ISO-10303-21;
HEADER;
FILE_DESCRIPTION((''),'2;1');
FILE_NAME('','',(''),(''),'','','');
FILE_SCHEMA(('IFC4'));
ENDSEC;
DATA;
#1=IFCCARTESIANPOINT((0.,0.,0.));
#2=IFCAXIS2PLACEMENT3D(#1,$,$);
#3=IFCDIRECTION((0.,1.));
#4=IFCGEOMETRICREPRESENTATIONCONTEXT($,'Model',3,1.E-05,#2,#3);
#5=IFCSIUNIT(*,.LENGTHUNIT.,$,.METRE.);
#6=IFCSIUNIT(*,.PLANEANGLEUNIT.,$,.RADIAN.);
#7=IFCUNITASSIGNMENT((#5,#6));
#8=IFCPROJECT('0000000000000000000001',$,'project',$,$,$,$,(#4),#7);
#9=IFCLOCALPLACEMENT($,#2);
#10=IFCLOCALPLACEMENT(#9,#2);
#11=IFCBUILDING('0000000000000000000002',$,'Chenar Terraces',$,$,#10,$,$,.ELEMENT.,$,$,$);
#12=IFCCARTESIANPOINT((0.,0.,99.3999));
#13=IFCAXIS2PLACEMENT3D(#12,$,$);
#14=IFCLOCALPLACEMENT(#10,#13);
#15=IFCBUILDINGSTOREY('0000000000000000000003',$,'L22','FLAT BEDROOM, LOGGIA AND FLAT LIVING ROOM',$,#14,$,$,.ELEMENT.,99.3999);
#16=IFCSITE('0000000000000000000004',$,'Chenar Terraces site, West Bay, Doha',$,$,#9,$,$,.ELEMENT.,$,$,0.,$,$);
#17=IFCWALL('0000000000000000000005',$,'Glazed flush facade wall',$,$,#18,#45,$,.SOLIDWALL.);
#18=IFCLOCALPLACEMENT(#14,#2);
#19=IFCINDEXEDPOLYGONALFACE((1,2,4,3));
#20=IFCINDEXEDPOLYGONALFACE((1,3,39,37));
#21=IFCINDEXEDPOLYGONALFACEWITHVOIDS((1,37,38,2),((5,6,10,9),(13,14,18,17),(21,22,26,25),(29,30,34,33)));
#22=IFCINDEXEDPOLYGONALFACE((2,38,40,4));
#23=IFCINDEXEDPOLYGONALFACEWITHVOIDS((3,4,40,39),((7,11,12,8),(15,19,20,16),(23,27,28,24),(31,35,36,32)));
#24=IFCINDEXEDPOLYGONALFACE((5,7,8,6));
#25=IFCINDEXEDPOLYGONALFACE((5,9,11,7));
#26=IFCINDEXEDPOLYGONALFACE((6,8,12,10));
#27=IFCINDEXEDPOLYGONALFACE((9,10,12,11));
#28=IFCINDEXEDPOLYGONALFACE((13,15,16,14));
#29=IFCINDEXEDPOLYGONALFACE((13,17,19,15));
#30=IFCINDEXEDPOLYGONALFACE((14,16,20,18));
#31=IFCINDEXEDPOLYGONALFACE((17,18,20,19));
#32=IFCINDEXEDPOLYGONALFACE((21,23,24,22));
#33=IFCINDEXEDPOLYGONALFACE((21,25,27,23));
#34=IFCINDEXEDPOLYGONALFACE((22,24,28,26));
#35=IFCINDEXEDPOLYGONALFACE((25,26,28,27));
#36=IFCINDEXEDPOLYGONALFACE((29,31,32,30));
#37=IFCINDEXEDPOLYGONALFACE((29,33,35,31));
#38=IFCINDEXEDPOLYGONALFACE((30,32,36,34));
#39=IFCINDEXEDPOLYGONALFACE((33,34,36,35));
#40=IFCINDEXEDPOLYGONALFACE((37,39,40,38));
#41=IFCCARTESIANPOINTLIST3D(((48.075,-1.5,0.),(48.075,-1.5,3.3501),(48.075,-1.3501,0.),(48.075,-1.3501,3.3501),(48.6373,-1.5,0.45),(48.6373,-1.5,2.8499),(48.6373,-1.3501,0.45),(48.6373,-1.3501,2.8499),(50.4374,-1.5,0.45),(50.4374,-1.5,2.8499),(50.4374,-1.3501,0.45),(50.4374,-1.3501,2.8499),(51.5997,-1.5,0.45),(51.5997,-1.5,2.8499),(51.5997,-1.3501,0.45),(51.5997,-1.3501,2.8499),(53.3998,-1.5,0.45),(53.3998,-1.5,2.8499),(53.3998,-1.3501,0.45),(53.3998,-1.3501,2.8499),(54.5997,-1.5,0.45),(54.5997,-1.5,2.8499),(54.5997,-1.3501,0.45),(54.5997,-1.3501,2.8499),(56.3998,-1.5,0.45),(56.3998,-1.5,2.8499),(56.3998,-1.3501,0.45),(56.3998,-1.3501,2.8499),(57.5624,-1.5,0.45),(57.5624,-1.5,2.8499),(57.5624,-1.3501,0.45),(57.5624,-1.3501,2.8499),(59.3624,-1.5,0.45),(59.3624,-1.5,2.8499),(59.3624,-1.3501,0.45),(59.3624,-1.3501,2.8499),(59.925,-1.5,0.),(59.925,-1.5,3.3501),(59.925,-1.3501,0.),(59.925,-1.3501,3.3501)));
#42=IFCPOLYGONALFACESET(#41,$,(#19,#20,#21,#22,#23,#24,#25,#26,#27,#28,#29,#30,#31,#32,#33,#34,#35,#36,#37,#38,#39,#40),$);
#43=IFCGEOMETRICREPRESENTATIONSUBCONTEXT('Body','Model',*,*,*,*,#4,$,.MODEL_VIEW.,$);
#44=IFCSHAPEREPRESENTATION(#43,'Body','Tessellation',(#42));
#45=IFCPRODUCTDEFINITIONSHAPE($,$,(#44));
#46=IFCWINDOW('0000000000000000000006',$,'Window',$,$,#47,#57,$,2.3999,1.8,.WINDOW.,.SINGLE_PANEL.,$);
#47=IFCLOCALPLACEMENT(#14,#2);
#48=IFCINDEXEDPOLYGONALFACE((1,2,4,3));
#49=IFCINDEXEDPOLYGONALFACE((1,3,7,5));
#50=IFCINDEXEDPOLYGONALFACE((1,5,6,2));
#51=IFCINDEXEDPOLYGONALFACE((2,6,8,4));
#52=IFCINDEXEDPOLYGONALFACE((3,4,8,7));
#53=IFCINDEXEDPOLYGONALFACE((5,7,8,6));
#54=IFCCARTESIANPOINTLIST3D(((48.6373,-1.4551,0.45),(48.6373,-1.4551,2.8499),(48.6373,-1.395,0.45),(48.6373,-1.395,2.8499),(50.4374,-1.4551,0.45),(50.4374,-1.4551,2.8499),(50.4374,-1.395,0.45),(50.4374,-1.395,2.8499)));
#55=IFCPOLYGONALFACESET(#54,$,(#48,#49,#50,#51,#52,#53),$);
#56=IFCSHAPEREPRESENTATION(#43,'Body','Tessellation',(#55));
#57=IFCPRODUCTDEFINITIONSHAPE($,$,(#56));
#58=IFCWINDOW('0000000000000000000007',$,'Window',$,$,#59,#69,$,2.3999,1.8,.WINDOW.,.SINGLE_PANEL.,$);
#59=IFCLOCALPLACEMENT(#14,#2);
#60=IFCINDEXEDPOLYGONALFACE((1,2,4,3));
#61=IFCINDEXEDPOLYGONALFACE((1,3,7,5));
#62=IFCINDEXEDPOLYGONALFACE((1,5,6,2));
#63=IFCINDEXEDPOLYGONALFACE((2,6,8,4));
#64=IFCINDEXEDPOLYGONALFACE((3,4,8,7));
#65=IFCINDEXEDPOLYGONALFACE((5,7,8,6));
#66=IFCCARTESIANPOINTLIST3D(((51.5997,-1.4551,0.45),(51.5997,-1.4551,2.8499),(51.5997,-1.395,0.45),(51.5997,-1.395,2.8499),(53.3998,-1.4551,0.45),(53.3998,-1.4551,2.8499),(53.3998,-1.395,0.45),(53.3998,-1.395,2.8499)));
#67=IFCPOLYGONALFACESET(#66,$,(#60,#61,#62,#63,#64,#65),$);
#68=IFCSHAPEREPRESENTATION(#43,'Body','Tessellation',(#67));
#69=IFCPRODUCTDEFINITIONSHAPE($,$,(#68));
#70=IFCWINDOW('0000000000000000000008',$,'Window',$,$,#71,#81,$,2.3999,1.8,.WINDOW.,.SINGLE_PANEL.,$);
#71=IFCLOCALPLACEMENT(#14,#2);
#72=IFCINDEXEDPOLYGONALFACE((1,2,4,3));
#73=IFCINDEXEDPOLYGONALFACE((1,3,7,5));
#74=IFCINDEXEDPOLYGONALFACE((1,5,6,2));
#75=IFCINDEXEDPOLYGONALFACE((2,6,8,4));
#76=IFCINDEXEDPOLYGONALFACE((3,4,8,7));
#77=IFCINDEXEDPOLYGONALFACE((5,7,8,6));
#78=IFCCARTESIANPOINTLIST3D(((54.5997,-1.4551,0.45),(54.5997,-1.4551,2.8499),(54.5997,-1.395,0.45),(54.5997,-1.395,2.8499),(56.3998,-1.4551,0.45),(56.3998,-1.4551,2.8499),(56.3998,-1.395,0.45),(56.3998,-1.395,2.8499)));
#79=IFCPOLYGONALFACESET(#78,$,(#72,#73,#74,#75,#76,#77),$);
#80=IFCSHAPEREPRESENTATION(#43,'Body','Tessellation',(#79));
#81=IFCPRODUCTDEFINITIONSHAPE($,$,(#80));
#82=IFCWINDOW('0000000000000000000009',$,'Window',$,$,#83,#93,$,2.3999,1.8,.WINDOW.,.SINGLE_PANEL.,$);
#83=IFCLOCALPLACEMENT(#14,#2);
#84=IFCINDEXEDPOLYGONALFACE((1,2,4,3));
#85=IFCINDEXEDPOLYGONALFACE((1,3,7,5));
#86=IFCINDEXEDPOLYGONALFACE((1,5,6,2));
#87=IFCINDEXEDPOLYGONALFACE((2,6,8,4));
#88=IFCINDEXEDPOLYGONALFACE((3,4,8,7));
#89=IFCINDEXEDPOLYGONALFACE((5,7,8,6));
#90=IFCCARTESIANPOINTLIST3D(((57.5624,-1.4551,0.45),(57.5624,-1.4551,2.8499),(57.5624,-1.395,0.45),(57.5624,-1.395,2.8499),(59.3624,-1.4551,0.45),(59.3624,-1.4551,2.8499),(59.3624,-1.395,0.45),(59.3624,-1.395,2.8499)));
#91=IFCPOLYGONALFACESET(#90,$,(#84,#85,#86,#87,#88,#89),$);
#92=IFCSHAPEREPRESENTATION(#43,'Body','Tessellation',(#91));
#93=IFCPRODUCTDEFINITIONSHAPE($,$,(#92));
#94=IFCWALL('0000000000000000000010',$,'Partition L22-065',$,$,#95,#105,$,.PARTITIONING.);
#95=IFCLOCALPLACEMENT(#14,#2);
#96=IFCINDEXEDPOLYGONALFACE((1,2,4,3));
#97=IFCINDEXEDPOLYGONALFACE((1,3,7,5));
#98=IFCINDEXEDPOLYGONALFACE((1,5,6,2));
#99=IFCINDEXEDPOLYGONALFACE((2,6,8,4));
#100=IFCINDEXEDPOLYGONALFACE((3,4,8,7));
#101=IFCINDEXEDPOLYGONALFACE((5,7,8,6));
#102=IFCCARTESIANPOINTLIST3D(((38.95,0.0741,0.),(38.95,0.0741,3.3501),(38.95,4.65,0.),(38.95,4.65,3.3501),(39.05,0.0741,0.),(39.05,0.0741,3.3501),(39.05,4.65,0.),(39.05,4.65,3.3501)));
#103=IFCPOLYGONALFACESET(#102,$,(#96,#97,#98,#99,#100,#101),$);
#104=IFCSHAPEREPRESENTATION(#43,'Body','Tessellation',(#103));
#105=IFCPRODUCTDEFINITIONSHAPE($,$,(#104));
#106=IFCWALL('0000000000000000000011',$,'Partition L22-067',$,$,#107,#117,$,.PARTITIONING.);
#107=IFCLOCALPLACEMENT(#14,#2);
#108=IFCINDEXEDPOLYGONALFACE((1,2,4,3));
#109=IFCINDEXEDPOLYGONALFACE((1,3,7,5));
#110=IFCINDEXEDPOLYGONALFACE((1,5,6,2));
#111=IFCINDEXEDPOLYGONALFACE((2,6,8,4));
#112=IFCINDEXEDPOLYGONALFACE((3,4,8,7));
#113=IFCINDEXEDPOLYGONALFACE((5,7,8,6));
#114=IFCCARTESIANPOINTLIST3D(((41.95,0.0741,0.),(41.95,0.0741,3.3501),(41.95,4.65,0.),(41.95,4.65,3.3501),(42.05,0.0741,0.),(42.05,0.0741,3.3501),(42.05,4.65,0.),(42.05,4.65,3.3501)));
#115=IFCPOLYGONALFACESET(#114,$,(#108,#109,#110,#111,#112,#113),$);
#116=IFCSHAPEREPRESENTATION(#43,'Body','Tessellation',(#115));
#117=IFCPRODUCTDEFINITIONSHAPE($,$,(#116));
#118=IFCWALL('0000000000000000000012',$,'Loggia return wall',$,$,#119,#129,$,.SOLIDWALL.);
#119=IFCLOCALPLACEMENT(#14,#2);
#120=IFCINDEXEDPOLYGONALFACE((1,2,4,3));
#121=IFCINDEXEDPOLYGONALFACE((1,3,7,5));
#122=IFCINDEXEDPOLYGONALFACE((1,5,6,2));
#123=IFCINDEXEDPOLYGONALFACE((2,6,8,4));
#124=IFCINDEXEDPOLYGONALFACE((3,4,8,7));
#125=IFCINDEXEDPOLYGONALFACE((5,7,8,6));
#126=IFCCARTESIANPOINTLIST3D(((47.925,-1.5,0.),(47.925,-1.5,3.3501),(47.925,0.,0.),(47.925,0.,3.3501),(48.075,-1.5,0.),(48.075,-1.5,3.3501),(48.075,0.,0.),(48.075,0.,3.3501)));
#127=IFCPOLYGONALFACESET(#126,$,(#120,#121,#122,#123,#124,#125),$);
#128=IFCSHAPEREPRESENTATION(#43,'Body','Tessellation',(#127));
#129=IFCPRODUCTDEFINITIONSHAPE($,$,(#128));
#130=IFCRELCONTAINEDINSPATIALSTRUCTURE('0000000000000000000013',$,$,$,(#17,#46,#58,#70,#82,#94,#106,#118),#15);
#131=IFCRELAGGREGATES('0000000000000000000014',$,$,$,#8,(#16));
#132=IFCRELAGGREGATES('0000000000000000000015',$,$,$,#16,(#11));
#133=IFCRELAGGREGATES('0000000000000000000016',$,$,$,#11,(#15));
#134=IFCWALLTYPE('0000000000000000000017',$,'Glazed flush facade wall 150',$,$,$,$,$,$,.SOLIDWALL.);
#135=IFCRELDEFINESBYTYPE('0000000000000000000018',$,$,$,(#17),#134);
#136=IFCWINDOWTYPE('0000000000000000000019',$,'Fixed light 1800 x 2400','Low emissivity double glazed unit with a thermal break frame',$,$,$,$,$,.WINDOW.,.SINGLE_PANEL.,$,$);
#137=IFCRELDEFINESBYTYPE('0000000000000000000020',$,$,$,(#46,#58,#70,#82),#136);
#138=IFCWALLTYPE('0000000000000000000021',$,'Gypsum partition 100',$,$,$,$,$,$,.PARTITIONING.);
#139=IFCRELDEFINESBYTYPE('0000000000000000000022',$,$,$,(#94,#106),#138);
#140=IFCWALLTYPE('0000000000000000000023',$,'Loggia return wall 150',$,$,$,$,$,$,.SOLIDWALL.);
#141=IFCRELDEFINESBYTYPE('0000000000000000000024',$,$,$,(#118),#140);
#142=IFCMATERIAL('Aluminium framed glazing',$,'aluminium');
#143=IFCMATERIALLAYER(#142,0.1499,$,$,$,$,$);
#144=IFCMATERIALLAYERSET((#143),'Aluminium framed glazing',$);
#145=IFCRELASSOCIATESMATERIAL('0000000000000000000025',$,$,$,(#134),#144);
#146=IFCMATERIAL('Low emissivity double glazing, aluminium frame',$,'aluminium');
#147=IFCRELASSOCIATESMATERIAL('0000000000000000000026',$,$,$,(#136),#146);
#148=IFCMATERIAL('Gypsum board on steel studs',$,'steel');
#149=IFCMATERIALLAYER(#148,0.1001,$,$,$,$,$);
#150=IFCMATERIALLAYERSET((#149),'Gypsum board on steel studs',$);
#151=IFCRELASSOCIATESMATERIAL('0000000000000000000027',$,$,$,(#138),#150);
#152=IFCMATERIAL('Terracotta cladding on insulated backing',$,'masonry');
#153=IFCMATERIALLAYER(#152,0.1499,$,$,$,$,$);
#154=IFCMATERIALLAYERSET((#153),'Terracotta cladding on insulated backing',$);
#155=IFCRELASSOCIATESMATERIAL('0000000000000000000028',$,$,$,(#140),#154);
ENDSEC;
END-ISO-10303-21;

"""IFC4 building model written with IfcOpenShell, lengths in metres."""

from ifc_helpers import new_model, si_unit, direction, frame, frame_2d, origin, place, context, subcontext, project, spatial, rectangle, extrude, material, layer, layer_set, type_object, element, fill, save


model = new_model("IFC4")

# Units and contexts
model_context = context("Model", 3, precision=1e-05, world=origin(), true_north=direction((0.0, 1.0)))
body_context = subcontext(model_context, "Body", "Model", "MODEL_VIEW")
ifc_project = project(units=[si_unit("LENGTHUNIT", "METRE"), si_unit("PLANEANGLEUNIT", "RADIAN")], contexts=[model_context])

# Site, building, storey
site_placement = place(None, origin())
site = spatial("IfcSite", under=ifc_project, at=site_placement, Name="Chenar Terraces site, West Bay, Doha", CompositionType="ELEMENT", RefElevation=0.0)
building_placement = place(site_placement, origin())
building = spatial("IfcBuilding", under=site, at=building_placement, Name="Chenar Terraces", CompositionType="ELEMENT")
storey_placement = place(building_placement, frame((0.0, 0.0, 99.3999)))
storey = spatial("IfcBuildingStorey", under=building, at=storey_placement, Name="L22", Description="FLAT BEDROOM, LOGGIA AND FLAT LIVING ROOM", CompositionType="ELEMENT", Elevation=99.3999)

# Wall, openings, windows
ifc_material_1 = material(Name="Aluminium framed glazing", Category="aluminium")
ifc_layer_1 = layer(ifc_material_1, 0.1499)
ifc_layer_set_1 = layer_set([ifc_layer_1], Name="Aluminium framed glazing")
wall_type_1 = type_object("IfcWallType", Name="Glazed flush facade wall 150", PredefinedType="SOLIDWALL", material=ifc_layer_set_1)
wall_1_placement = place(storey_placement, frame((48.075, -1.425, 0.0), z_axis=(0.0, 0.0, 1.0), x_axis=(1.0, 0.0, 0.0)))
wall_1 = element("IfcWall", 1, at=wall_1_placement, inside=storey, type_object=wall_type_1, Name="Glazed flush facade wall", PredefinedType="SOLIDWALL", context=body_context, shape_type="SweptSolid", body=[
    extrude(rectangle(XDim=11.8501, YDim=0.1499, at=frame_2d((5.925, 0.0))), origin(), (0.0, 0.0, 1.0), 3.3501),
])
opening_1_placement = place(wall_1_placement, frame((0.5625, 0.0, 0.45)))
opening_1 = element("IfcOpeningElement", 2, at=opening_1_placement, cuts=wall_1, PredefinedType="OPENING", context=body_context, shape_type="SweptSolid", body=[
    extrude(rectangle(XDim=1.8, YDim=2.3999, at=frame_2d((0.8999, 1.2))), frame((0.0, 0.085, 0.0), z_axis=(0.0, -1.0, 0.0), x_axis=(1.0, 0.0, 0.0)), (0.0, 0.0, 1.0), 0.1699),
])
opening_2_placement = place(wall_1_placement, frame((3.5249, 0.0, 0.45)))
opening_2 = element("IfcOpeningElement", 3, at=opening_2_placement, cuts=wall_1, PredefinedType="OPENING", context=body_context, shape_type="SweptSolid", body=[
    extrude(rectangle(XDim=1.8, YDim=2.3999, at=frame_2d((0.8999, 1.2))), frame((0.0, 0.085, 0.0), z_axis=(0.0, -1.0, 0.0), x_axis=(1.0, 0.0, 0.0)), (0.0, 0.0, 1.0), 0.1699),
])
opening_3_placement = place(wall_1_placement, frame((6.5249, 0.0, 0.45)))
opening_3 = element("IfcOpeningElement", 4, at=opening_3_placement, cuts=wall_1, PredefinedType="OPENING", context=body_context, shape_type="SweptSolid", body=[
    extrude(rectangle(XDim=1.8, YDim=2.3999, at=frame_2d((0.8999, 1.2))), frame((0.0, 0.085, 0.0), z_axis=(0.0, -1.0, 0.0), x_axis=(1.0, 0.0, 0.0)), (0.0, 0.0, 1.0), 0.1699),
])
opening_4_placement = place(wall_1_placement, frame((9.4875, 0.0, 0.45)))
opening_4 = element("IfcOpeningElement", 5, at=opening_4_placement, cuts=wall_1, PredefinedType="OPENING", context=body_context, shape_type="SweptSolid", body=[
    extrude(rectangle(XDim=1.8, YDim=2.3999, at=frame_2d((0.8999, 1.2))), frame((0.0, 0.085, 0.0), z_axis=(0.0, -1.0, 0.0), x_axis=(1.0, 0.0, 0.0)), (0.0, 0.0, 1.0), 0.1699),
])
ifc_material_2 = material(Name="Low emissivity double glazing, aluminium frame", Category="aluminium")
window_type = type_object("IfcWindowType", Name="Fixed light 1800 x 2400", Description="Low emissivity double glazed unit with a thermal break frame", PartitioningType="SINGLE_PANEL", PredefinedType="WINDOW", material=ifc_material_2)
window_1_placement = place(opening_1_placement, origin())
window_1 = element("IfcWindow", 6, at=window_1_placement, inside=storey, type_object=window_type, Name="Window", OverallHeight=2.3999, OverallWidth=1.8, PartitioningType="SINGLE_PANEL", PredefinedType="WINDOW", context=body_context, shape_type="SweptSolid", body=[
    extrude(rectangle(XDim=1.8, YDim=2.3999, at=frame_2d((0.8999, 1.2))), frame((0.0, 0.03, 0.0), z_axis=(0.0, -1.0, 0.0), x_axis=(1.0, 0.0, 0.0)), (0.0, 0.0, 1.0), 0.0601),
])
fill(opening_1, window_1)
window_2_placement = place(opening_2_placement, origin())
window_2 = element("IfcWindow", 7, at=window_2_placement, inside=storey, type_object=window_type, Name="Window", OverallHeight=2.3999, OverallWidth=1.8, PartitioningType="SINGLE_PANEL", PredefinedType="WINDOW", context=body_context, shape_type="SweptSolid", body=[
    extrude(rectangle(XDim=1.8, YDim=2.3999, at=frame_2d((0.8999, 1.2))), frame((0.0, 0.03, 0.0), z_axis=(0.0, -1.0, 0.0), x_axis=(1.0, 0.0, 0.0)), (0.0, 0.0, 1.0), 0.0601),
])
fill(opening_2, window_2)
window_3_placement = place(opening_3_placement, origin())
window_3 = element("IfcWindow", 8, at=window_3_placement, inside=storey, type_object=window_type, Name="Window", OverallHeight=2.3999, OverallWidth=1.8, PartitioningType="SINGLE_PANEL", PredefinedType="WINDOW", context=body_context, shape_type="SweptSolid", body=[
    extrude(rectangle(XDim=1.8, YDim=2.3999, at=frame_2d((0.8999, 1.2))), frame((0.0, 0.03, 0.0), z_axis=(0.0, -1.0, 0.0), x_axis=(1.0, 0.0, 0.0)), (0.0, 0.0, 1.0), 0.0601),
])
fill(opening_3, window_3)
window_4_placement = place(opening_4_placement, origin())
window_4 = element("IfcWindow", 9, at=window_4_placement, inside=storey, type_object=window_type, Name="Window", OverallHeight=2.3999, OverallWidth=1.8, PartitioningType="SINGLE_PANEL", PredefinedType="WINDOW", context=body_context, shape_type="SweptSolid", body=[
    extrude(rectangle(XDim=1.8, YDim=2.3999, at=frame_2d((0.8999, 1.2))), frame((0.0, 0.03, 0.0), z_axis=(0.0, -1.0, 0.0), x_axis=(1.0, 0.0, 0.0)), (0.0, 0.0, 1.0), 0.0601),
])
fill(opening_4, window_4)

# Walls
ifc_material_3 = material(Name="Gypsum board on steel studs", Category="steel")
ifc_layer_2 = layer(ifc_material_3, 0.1001)
ifc_layer_set_2 = layer_set([ifc_layer_2], Name="Gypsum board on steel studs")
wall_type_2 = type_object("IfcWallType", Name="Gypsum partition 100", PredefinedType="PARTITIONING", material=ifc_layer_set_2)
for number, where, z_axis, x_axis, name in (
    (10, (39.0, 0.074, 0.0), (0.0, 0.0, 1.0), (0.0, 1.0, 0.0), "Partition L22-065"),
    (11, (42.0, 0.074, 0.0), (0.0, 0.0, 1.0), (0.0, 1.0, 0.0), "Partition L22-067"),
):
    element("IfcWall", number, at=place(storey_placement, frame(where, z_axis=z_axis, x_axis=x_axis)), inside=storey, type_object=wall_type_2, Name=name, PredefinedType="PARTITIONING", context=body_context, shape_type="SweptSolid", body=[
        extrude(rectangle(XDim=4.5759, YDim=0.1001, at=frame_2d((2.2881, 0.0))), origin(), (0.0, 0.0, 1.0), 3.3501),
    ])
ifc_material_4 = material(Name="Terracotta cladding on insulated backing", Category="masonry")
ifc_layer_3 = layer(ifc_material_4, 0.1499)
ifc_layer_set_3 = layer_set([ifc_layer_3], Name="Terracotta cladding on insulated backing")
wall_type_3 = type_object("IfcWallType", Name="Loggia return wall 150", PredefinedType="SOLIDWALL", material=ifc_layer_set_3)
wall_2_placement = place(storey_placement, frame((48.0, -1.5, 0.0), z_axis=(0.0, 0.0, 1.0), x_axis=(0.0, 1.0, 0.0)))
element("IfcWall", 12, at=wall_2_placement, inside=storey, type_object=wall_type_3, Name="Loggia return wall", PredefinedType="SOLIDWALL", context=body_context, shape_type="SweptSolid", body=[
    extrude(rectangle(XDim=1.5, YDim=0.1499, at=frame_2d((0.75, 0.0))), origin(), (0.0, 0.0, 1.0), 3.3501),
])

save(model, "model.ifc")
